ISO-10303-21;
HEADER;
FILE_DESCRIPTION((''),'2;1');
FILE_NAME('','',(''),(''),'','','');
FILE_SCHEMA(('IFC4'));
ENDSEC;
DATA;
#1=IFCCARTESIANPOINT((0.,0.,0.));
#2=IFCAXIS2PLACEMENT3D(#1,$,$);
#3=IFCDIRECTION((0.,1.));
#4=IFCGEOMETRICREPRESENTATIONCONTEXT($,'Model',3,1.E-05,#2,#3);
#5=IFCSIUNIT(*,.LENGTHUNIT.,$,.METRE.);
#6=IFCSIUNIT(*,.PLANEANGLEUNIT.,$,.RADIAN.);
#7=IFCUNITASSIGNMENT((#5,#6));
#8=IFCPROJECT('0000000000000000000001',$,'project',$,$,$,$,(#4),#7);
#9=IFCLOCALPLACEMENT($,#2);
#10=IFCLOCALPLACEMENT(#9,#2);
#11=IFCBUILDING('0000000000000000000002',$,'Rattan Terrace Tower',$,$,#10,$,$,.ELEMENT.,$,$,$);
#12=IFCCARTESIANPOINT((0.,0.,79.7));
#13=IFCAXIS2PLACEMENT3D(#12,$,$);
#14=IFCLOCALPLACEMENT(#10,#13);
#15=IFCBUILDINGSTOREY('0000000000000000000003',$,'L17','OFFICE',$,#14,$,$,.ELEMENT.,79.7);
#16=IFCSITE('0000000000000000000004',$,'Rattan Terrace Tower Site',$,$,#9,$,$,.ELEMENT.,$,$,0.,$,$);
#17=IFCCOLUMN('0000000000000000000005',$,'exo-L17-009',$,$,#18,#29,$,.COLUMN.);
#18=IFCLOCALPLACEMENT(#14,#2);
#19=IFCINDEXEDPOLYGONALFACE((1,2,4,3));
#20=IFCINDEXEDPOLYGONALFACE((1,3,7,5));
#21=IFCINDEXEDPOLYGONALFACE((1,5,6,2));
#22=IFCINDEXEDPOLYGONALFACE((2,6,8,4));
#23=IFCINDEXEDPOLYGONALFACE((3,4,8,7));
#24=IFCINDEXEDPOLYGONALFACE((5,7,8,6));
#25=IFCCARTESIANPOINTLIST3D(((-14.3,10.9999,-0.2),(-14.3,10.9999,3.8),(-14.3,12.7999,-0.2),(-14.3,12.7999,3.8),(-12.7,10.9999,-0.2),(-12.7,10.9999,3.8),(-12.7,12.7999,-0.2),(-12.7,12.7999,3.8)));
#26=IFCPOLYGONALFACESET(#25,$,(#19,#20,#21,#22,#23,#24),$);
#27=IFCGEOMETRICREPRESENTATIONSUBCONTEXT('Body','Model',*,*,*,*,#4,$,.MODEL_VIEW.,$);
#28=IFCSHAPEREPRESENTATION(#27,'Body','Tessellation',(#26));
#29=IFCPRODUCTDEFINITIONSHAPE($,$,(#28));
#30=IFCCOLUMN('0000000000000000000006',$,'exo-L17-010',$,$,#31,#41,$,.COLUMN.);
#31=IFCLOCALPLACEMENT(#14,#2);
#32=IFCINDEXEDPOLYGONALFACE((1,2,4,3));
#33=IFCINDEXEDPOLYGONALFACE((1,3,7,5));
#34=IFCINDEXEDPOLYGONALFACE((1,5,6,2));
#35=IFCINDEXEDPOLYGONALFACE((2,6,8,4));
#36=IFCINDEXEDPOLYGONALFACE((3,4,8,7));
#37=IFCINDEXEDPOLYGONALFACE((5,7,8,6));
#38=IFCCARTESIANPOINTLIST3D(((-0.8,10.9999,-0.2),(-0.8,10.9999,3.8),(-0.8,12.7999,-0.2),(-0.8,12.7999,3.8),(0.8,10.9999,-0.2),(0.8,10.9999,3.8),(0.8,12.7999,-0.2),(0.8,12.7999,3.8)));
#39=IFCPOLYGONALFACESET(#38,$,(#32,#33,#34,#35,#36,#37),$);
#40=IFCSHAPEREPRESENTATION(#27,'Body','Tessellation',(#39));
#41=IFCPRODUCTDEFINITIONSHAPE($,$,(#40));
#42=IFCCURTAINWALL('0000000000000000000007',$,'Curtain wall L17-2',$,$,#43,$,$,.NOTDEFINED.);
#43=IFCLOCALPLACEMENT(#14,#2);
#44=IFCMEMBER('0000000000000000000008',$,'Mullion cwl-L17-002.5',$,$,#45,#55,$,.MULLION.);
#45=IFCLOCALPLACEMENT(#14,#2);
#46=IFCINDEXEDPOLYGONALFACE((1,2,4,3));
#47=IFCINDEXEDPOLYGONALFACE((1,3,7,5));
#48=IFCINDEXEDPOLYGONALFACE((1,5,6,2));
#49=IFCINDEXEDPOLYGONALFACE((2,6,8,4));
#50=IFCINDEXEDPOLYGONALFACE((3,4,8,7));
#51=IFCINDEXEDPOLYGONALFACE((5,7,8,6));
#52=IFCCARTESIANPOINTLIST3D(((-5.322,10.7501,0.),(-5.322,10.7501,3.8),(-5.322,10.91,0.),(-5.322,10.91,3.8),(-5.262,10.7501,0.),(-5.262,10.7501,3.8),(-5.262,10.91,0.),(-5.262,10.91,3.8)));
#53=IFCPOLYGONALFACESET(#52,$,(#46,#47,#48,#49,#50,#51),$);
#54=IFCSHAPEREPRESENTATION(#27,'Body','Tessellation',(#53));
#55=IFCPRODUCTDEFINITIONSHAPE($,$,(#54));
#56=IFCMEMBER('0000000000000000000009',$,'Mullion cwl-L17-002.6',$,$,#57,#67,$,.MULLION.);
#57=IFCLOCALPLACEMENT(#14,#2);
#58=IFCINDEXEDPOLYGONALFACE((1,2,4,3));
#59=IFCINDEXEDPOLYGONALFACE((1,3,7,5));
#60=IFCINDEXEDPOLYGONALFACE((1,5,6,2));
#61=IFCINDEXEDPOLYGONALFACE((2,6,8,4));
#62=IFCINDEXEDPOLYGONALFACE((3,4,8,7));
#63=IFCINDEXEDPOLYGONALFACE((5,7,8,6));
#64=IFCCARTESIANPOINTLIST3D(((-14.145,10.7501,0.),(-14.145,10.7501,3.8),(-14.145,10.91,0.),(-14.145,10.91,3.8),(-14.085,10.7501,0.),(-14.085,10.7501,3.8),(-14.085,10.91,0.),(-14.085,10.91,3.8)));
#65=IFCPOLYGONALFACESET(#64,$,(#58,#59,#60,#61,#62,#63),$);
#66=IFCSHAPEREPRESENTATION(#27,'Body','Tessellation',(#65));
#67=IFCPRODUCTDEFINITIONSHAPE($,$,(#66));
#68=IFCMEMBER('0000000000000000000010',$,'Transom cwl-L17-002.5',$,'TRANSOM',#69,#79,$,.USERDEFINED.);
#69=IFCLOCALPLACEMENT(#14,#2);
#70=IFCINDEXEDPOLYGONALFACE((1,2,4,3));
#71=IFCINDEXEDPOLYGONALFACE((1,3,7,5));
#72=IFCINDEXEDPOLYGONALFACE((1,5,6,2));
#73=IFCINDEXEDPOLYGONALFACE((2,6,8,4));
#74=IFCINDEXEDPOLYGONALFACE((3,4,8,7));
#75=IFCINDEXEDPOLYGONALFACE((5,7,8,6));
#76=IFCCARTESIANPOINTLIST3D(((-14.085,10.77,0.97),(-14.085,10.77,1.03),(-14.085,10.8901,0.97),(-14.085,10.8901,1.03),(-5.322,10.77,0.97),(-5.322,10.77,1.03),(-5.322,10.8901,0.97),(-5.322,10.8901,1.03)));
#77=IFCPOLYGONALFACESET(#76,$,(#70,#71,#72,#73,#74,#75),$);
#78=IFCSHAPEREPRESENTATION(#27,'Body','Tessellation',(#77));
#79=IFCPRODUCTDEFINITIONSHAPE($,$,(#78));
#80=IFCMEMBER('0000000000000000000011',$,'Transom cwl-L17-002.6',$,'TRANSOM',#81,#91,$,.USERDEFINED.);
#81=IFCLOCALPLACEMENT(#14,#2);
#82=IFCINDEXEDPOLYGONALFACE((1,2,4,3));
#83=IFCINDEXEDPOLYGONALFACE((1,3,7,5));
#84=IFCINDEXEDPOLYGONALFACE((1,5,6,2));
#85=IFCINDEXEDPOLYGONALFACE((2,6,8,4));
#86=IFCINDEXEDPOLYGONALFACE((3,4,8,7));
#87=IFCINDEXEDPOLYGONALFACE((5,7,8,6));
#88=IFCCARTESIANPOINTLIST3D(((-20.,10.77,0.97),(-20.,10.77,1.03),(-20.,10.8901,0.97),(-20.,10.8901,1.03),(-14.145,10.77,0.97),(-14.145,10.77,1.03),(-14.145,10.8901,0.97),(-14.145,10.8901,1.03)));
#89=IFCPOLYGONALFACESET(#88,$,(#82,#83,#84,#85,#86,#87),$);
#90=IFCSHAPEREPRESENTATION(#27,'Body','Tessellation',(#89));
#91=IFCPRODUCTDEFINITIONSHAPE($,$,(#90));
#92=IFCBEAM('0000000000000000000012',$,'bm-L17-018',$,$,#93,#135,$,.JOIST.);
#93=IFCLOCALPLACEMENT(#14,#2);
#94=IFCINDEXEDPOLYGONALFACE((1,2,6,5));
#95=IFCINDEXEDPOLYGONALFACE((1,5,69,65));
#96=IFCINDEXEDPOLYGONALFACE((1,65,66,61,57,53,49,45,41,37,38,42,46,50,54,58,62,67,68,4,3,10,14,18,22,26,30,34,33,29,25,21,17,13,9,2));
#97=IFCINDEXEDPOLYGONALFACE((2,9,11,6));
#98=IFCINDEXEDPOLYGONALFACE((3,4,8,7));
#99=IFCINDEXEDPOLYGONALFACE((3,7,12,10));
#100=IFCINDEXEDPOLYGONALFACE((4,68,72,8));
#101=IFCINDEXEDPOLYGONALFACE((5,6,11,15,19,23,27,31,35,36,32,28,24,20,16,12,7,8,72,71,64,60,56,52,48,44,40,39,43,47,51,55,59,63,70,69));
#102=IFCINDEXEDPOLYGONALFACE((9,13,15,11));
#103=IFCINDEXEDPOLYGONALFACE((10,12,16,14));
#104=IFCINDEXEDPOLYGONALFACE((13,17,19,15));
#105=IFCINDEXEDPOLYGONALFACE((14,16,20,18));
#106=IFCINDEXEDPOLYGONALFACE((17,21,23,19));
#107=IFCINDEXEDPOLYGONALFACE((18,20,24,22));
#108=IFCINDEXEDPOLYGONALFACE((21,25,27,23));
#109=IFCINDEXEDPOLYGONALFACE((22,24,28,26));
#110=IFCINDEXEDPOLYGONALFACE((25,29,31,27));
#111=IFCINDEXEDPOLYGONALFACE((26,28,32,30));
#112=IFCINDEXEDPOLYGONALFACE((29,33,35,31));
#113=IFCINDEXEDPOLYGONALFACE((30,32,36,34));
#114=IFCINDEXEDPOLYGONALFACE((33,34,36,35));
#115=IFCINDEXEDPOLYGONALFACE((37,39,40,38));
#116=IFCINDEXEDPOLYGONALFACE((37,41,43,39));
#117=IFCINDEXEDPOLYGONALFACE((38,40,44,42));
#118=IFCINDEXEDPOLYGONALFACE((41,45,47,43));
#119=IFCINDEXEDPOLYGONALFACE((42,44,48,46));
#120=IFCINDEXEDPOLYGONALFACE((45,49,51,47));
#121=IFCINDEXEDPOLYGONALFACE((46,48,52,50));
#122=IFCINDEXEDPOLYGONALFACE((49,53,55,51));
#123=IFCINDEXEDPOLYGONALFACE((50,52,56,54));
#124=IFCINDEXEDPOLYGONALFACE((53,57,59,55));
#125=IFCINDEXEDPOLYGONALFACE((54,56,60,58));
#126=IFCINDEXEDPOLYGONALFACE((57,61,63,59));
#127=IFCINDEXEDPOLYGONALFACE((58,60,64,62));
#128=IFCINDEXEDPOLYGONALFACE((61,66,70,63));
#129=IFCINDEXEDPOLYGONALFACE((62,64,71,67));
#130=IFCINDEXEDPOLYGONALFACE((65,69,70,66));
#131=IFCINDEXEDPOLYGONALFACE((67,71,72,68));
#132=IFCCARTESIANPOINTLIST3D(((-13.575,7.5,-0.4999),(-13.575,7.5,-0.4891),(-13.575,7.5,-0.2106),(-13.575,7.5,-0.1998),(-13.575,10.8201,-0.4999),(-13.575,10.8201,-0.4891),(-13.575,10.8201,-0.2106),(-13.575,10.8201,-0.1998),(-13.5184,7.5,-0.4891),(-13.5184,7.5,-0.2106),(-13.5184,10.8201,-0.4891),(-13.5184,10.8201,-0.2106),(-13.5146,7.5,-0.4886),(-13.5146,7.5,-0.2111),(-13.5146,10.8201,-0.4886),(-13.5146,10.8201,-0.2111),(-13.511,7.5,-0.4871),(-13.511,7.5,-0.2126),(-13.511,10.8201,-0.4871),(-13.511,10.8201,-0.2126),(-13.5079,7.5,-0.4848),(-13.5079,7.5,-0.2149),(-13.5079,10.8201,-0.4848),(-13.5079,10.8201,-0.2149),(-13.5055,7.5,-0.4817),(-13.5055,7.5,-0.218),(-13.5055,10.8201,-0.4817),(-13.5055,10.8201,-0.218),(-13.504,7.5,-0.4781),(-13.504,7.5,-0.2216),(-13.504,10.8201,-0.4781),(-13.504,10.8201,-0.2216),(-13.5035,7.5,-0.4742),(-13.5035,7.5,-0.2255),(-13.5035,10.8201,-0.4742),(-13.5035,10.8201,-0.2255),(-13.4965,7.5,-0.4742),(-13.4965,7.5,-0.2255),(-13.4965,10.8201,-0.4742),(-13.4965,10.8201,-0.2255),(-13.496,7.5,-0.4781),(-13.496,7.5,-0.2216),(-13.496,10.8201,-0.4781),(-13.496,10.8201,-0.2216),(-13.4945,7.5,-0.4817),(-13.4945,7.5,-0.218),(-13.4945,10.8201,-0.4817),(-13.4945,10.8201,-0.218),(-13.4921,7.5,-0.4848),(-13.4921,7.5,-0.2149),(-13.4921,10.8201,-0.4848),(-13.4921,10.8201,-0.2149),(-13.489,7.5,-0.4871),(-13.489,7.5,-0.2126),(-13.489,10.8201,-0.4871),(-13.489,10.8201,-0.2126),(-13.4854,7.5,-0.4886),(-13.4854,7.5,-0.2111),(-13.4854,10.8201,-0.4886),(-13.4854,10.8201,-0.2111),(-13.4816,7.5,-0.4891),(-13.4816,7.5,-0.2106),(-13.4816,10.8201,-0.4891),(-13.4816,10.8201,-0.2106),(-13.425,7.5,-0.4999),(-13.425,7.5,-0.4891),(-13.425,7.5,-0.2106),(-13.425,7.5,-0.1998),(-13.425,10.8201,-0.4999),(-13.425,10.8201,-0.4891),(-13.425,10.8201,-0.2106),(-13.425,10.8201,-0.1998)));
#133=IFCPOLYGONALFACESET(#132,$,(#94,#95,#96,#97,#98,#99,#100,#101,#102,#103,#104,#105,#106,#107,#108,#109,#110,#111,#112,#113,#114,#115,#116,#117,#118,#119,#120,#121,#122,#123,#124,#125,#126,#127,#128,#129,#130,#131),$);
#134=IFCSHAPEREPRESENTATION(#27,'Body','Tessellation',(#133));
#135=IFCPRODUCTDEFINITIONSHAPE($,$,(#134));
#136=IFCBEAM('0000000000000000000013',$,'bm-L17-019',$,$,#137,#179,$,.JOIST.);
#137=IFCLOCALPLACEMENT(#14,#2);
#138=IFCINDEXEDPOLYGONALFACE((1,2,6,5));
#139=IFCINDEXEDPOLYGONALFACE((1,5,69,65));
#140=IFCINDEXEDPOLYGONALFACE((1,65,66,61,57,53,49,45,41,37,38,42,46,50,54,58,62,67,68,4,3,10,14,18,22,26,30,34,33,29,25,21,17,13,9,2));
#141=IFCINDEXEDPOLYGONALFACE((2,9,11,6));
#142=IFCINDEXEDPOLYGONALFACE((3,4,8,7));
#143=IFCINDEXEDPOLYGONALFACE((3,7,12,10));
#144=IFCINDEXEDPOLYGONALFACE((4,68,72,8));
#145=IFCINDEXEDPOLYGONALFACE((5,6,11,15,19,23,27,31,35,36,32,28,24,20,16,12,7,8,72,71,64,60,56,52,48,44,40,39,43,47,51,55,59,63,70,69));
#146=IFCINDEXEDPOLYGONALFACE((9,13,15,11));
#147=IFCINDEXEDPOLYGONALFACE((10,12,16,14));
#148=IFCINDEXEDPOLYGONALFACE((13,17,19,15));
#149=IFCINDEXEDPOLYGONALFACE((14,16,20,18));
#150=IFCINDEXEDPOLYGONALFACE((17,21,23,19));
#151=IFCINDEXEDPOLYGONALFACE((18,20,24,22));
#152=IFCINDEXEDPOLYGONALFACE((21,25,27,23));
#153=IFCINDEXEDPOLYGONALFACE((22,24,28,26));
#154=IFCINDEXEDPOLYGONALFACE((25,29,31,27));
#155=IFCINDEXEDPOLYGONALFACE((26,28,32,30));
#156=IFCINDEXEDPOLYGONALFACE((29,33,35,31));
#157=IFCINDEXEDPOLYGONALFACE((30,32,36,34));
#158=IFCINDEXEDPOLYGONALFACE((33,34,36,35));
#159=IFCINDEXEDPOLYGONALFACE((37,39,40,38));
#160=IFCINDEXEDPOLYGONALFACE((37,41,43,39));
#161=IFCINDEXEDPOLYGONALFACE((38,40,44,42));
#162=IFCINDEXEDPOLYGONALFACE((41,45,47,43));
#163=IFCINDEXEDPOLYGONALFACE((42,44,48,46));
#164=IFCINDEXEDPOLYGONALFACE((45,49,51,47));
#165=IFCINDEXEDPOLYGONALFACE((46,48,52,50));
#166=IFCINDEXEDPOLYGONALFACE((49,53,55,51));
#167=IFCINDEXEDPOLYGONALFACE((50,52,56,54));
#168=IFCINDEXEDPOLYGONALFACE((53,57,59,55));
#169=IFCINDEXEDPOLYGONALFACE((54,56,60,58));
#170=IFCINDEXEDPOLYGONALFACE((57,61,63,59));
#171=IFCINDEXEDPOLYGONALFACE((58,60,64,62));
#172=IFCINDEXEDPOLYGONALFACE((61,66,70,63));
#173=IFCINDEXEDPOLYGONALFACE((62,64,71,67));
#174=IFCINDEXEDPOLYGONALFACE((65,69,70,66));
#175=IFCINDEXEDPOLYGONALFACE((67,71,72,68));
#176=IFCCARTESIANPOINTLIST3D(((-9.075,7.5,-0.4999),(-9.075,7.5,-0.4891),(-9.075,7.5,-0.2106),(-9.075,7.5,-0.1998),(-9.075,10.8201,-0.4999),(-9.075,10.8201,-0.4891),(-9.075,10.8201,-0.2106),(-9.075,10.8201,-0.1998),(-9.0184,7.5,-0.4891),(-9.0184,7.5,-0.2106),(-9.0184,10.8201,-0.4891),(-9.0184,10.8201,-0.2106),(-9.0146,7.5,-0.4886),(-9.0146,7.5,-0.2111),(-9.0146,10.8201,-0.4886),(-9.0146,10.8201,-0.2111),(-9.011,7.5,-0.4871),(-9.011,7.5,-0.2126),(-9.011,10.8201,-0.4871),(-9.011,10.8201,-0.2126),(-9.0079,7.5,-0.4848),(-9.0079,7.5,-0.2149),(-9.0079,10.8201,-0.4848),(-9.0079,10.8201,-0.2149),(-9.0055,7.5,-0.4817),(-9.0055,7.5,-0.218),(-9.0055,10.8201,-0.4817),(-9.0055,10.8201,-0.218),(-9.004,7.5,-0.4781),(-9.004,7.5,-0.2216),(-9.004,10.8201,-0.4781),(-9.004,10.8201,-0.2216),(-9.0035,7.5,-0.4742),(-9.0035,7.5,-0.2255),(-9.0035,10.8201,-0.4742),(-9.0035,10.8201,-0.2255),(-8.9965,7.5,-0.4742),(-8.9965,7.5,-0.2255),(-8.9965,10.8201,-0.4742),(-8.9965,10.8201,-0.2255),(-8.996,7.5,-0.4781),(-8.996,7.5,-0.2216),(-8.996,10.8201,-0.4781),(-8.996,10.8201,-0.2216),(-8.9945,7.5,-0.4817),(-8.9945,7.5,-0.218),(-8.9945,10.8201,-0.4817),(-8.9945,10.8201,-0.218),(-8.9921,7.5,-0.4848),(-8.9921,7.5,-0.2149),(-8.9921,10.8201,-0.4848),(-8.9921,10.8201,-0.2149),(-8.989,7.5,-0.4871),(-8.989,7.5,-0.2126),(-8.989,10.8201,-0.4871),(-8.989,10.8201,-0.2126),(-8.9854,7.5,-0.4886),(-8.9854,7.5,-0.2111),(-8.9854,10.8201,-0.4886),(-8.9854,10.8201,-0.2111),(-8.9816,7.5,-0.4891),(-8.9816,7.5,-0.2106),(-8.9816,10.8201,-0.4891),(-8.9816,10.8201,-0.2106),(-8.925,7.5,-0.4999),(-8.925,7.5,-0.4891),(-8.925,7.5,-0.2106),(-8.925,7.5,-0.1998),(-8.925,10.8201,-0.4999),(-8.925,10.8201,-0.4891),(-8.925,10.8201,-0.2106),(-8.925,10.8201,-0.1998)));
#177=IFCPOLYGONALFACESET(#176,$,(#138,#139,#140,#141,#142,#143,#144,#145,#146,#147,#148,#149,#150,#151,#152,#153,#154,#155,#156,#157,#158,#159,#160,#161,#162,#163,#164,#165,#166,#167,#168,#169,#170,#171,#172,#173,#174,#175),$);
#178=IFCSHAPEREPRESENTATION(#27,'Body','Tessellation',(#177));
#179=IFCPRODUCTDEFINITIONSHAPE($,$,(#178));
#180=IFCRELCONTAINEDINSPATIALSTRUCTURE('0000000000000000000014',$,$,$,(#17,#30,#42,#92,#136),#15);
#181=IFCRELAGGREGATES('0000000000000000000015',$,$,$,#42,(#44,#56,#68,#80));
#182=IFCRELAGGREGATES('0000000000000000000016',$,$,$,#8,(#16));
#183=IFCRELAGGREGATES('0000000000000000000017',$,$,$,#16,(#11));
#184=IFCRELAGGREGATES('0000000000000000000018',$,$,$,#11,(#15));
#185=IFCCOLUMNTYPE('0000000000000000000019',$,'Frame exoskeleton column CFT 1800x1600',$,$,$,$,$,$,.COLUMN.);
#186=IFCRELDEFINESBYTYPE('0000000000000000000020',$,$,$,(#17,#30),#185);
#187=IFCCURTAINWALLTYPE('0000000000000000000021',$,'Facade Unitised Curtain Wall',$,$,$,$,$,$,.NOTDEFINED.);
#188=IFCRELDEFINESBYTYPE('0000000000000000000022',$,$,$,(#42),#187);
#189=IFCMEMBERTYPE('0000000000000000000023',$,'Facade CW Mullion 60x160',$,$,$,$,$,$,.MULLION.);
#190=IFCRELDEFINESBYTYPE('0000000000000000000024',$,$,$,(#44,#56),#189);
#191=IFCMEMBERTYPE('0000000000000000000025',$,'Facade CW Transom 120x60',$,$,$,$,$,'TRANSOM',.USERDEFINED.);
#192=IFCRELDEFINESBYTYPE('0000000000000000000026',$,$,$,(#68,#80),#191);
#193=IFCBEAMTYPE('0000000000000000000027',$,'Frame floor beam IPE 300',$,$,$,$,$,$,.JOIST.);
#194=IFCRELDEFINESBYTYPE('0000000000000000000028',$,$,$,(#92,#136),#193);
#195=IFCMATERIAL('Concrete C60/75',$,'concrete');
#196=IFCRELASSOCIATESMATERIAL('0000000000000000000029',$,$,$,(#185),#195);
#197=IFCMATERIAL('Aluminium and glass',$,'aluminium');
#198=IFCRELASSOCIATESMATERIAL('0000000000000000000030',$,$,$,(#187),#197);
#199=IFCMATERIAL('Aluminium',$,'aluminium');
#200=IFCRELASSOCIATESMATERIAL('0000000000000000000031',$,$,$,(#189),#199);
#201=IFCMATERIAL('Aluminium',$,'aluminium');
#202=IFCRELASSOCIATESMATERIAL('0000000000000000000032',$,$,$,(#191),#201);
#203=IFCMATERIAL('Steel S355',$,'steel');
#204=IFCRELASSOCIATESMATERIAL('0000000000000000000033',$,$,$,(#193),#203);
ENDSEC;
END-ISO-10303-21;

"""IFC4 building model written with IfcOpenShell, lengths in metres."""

from ifc_helpers import new_model, si_unit, direction, frame, origin, origin_2d, place, context, subcontext, project, spatial, rectangle, i_section, extrude, material, material_profile, profile_set, type_object, element, aggregate, save


model = new_model("IFC4")

# Units and contexts
model_context = context("Model", 3, precision=1e-05, world=origin(), true_north=direction((0.0, 1.0)))
body_context = subcontext(model_context, "Body", "Model", "MODEL_VIEW")
ifc_project = project(units=[si_unit("LENGTHUNIT", "METRE"), si_unit("PLANEANGLEUNIT", "RADIAN")], contexts=[model_context])

# Site, building, storey
site_placement = place(None, origin())
site = spatial("IfcSite", under=ifc_project, at=site_placement, Name="Rattan Terrace Tower Site", CompositionType="ELEMENT", RefElevation=0.0)
building_placement = place(site_placement, origin())
building = spatial("IfcBuilding", under=site, at=building_placement, Name="Rattan Terrace Tower", CompositionType="ELEMENT")
storey_placement = place(building_placement, frame((0.0, 0.0, 79.7)))
storey = spatial("IfcBuildingStorey", under=building, at=storey_placement, Name="L17", Description="OFFICE", CompositionType="ELEMENT", Elevation=79.7)

# Columns
ifc_material_1 = material(Name="Concrete C60/75", Category="concrete")
ifc_material_profile_1 = material_profile(ifc_material_1, rectangle(XDim=1.6001, YDim=1.8, at=origin_2d()), Name="CFT 1800x1600")
ifc_profile_set_1 = profile_set([ifc_material_profile_1], Name="Concrete C60/75")
column_type = type_object("IfcColumnType", Name="Frame exoskeleton column CFT 1800x1600", PredefinedType="COLUMN", material=ifc_profile_set_1)
for number, where, z_axis, x_axis, name in (
    (1, (-13.5, 11.8999, -0.2), (0.0, 0.0, 1.0), (1.0, 0.0, 0.0), "exo-L17-009"),
    (2, (0.0, 11.8999, -0.2), (0.0, 0.0, 1.0), (1.0, 0.0, 0.0), "exo-L17-010"),
):
    element("IfcColumn", number, at=place(storey_placement, frame(where, z_axis=z_axis, x_axis=x_axis)), inside=storey, type_object=column_type, Name=name, PredefinedType="COLUMN", context=body_context, shape_type="SweptSolid", body=[
        extrude(rectangle(XDim=1.6001, YDim=1.8, at=origin_2d()), origin(), (0.0, 0.0, 1.0), 4.0),
    ])

# Curtain wall, members
ifc_material_2 = material(Name="Aluminium and glass", Category="aluminium")
curtain_wall_type = type_object("IfcCurtainWallType", Name="Facade Unitised Curtain Wall", PredefinedType="NOTDEFINED", material=ifc_material_2)
curtain_wall_placement = place(storey_placement, origin())
curtain_wall = element("IfcCurtainWall", 3, at=curtain_wall_placement, inside=storey, type_object=curtain_wall_type, Name="Curtain wall L17-2", PredefinedType="NOTDEFINED")
ifc_material_3 = material(Name="Aluminium", Category="aluminium")
ifc_material_profile_2 = material_profile(ifc_material_3, rectangle(XDim=0.0601, YDim=0.1599, at=origin_2d()), Name="Aluminium 60x160")
ifc_profile_set_2 = profile_set([ifc_material_profile_2], Name="Aluminium")
member_type_1 = type_object("IfcMemberType", Name="Facade CW Mullion 60x160", PredefinedType="MULLION", material=ifc_profile_set_2)
member_1_placement = place(storey_placement, frame((-5.292, 10.8301, 0.0), z_axis=(0.0, 0.0, 1.0), x_axis=(-1.0, 0.0, 0.0)))
member_1 = element("IfcMember", 4, at=member_1_placement, type_object=member_type_1, Name="Mullion cwl-L17-002.5", PredefinedType="MULLION", context=body_context, shape_type="SweptSolid", body=[
    extrude(rectangle(XDim=0.0601, YDim=0.1599, at=origin_2d()), origin(), (0.0, 0.0, 1.0), 3.8),
])
member_2_placement = place(storey_placement, frame((-14.115, 10.8301, 0.0), z_axis=(0.0, 0.0, 1.0), x_axis=(-1.0, 0.0, 0.0)))
member_2 = element("IfcMember", 5, at=member_2_placement, type_object=member_type_1, Name="Mullion cwl-L17-002.6", PredefinedType="MULLION", context=body_context, shape_type="SweptSolid", body=[
    extrude(rectangle(XDim=0.0601, YDim=0.1599, at=origin_2d()), origin(), (0.0, 0.0, 1.0), 3.8),
])
ifc_material_4 = material(Name="Aluminium", Category="aluminium")
ifc_material_profile_3 = material_profile(ifc_material_4, rectangle(XDim=0.1201, YDim=0.0601, at=origin_2d()), Name="Aluminium 120x60")
ifc_profile_set_3 = profile_set([ifc_material_profile_3], Name="Aluminium")
member_type_2 = type_object("IfcMemberType", Name="Facade CW Transom 120x60", ElementType="TRANSOM", PredefinedType="USERDEFINED", material=ifc_profile_set_3)
member_3_placement = place(storey_placement, frame((-5.322, 10.8301, 1.0), z_axis=(-1.0, 0.0, 0.0), x_axis=(0.0, -1.0, 0.0)))
member_3 = element("IfcMember", 6, at=member_3_placement, type_object=member_type_2, Name="Transom cwl-L17-002.5", ObjectType="TRANSOM", PredefinedType="USERDEFINED", context=body_context, shape_type="SweptSolid", body=[
    extrude(rectangle(XDim=0.1201, YDim=0.0601, at=origin_2d()), origin(), (0.0, 0.0, 1.0), 8.7629),
])
member_4_placement = place(storey_placement, frame((-14.145, 10.8301, 1.0), z_axis=(-1.0, 0.0, 0.0), x_axis=(0.0, -1.0, 0.0)))
member_4 = element("IfcMember", 7, at=member_4_placement, type_object=member_type_2, Name="Transom cwl-L17-002.6", ObjectType="TRANSOM", PredefinedType="USERDEFINED", context=body_context, shape_type="SweptSolid", body=[
    extrude(rectangle(XDim=0.1201, YDim=0.0601, at=origin_2d()), origin(), (0.0, 0.0, 1.0), 5.855),
])

# Beams
ifc_material_5 = material(Name="Steel S355", Category="steel")
ifc_material_profile_4 = material_profile(ifc_material_5, i_section(OverallWidth=0.1499, OverallDepth=0.3, WebThickness=0.0071, FlangeThickness=0.0107, FilletRadius=0.0149, at=origin_2d()), Name="IPE 300")
ifc_profile_set_4 = profile_set([ifc_material_profile_4], Name="Steel S355")
beam_type = type_object("IfcBeamType", Name="Frame floor beam IPE 300", PredefinedType="JOIST", material=ifc_profile_set_4)
for number, where, z_axis, x_axis, name in (
    (8, (-13.5, 7.5, -0.3499), (0.0, 1.0, 0.0), (-1.0, 0.0, 0.0), "bm-L17-018"),
    (9, (-9.0, 7.5, -0.3499), (0.0, 1.0, 0.0), (-1.0, 0.0, 0.0), "bm-L17-019"),
):
    element("IfcBeam", number, at=place(storey_placement, frame(where, z_axis=z_axis, x_axis=x_axis)), inside=storey, type_object=beam_type, Name=name, PredefinedType="JOIST", context=body_context, shape_type="SweptSolid", body=[
        extrude(i_section(OverallWidth=0.1499, OverallDepth=0.3, WebThickness=0.0071, FlangeThickness=0.0107, FilletRadius=0.0149, at=origin_2d()), origin(), (0.0, 0.0, 1.0), 3.3201),
    ])

aggregate(curtain_wall, [member_1, member_2, member_3, member_4])

save(model, "model.ifc")
